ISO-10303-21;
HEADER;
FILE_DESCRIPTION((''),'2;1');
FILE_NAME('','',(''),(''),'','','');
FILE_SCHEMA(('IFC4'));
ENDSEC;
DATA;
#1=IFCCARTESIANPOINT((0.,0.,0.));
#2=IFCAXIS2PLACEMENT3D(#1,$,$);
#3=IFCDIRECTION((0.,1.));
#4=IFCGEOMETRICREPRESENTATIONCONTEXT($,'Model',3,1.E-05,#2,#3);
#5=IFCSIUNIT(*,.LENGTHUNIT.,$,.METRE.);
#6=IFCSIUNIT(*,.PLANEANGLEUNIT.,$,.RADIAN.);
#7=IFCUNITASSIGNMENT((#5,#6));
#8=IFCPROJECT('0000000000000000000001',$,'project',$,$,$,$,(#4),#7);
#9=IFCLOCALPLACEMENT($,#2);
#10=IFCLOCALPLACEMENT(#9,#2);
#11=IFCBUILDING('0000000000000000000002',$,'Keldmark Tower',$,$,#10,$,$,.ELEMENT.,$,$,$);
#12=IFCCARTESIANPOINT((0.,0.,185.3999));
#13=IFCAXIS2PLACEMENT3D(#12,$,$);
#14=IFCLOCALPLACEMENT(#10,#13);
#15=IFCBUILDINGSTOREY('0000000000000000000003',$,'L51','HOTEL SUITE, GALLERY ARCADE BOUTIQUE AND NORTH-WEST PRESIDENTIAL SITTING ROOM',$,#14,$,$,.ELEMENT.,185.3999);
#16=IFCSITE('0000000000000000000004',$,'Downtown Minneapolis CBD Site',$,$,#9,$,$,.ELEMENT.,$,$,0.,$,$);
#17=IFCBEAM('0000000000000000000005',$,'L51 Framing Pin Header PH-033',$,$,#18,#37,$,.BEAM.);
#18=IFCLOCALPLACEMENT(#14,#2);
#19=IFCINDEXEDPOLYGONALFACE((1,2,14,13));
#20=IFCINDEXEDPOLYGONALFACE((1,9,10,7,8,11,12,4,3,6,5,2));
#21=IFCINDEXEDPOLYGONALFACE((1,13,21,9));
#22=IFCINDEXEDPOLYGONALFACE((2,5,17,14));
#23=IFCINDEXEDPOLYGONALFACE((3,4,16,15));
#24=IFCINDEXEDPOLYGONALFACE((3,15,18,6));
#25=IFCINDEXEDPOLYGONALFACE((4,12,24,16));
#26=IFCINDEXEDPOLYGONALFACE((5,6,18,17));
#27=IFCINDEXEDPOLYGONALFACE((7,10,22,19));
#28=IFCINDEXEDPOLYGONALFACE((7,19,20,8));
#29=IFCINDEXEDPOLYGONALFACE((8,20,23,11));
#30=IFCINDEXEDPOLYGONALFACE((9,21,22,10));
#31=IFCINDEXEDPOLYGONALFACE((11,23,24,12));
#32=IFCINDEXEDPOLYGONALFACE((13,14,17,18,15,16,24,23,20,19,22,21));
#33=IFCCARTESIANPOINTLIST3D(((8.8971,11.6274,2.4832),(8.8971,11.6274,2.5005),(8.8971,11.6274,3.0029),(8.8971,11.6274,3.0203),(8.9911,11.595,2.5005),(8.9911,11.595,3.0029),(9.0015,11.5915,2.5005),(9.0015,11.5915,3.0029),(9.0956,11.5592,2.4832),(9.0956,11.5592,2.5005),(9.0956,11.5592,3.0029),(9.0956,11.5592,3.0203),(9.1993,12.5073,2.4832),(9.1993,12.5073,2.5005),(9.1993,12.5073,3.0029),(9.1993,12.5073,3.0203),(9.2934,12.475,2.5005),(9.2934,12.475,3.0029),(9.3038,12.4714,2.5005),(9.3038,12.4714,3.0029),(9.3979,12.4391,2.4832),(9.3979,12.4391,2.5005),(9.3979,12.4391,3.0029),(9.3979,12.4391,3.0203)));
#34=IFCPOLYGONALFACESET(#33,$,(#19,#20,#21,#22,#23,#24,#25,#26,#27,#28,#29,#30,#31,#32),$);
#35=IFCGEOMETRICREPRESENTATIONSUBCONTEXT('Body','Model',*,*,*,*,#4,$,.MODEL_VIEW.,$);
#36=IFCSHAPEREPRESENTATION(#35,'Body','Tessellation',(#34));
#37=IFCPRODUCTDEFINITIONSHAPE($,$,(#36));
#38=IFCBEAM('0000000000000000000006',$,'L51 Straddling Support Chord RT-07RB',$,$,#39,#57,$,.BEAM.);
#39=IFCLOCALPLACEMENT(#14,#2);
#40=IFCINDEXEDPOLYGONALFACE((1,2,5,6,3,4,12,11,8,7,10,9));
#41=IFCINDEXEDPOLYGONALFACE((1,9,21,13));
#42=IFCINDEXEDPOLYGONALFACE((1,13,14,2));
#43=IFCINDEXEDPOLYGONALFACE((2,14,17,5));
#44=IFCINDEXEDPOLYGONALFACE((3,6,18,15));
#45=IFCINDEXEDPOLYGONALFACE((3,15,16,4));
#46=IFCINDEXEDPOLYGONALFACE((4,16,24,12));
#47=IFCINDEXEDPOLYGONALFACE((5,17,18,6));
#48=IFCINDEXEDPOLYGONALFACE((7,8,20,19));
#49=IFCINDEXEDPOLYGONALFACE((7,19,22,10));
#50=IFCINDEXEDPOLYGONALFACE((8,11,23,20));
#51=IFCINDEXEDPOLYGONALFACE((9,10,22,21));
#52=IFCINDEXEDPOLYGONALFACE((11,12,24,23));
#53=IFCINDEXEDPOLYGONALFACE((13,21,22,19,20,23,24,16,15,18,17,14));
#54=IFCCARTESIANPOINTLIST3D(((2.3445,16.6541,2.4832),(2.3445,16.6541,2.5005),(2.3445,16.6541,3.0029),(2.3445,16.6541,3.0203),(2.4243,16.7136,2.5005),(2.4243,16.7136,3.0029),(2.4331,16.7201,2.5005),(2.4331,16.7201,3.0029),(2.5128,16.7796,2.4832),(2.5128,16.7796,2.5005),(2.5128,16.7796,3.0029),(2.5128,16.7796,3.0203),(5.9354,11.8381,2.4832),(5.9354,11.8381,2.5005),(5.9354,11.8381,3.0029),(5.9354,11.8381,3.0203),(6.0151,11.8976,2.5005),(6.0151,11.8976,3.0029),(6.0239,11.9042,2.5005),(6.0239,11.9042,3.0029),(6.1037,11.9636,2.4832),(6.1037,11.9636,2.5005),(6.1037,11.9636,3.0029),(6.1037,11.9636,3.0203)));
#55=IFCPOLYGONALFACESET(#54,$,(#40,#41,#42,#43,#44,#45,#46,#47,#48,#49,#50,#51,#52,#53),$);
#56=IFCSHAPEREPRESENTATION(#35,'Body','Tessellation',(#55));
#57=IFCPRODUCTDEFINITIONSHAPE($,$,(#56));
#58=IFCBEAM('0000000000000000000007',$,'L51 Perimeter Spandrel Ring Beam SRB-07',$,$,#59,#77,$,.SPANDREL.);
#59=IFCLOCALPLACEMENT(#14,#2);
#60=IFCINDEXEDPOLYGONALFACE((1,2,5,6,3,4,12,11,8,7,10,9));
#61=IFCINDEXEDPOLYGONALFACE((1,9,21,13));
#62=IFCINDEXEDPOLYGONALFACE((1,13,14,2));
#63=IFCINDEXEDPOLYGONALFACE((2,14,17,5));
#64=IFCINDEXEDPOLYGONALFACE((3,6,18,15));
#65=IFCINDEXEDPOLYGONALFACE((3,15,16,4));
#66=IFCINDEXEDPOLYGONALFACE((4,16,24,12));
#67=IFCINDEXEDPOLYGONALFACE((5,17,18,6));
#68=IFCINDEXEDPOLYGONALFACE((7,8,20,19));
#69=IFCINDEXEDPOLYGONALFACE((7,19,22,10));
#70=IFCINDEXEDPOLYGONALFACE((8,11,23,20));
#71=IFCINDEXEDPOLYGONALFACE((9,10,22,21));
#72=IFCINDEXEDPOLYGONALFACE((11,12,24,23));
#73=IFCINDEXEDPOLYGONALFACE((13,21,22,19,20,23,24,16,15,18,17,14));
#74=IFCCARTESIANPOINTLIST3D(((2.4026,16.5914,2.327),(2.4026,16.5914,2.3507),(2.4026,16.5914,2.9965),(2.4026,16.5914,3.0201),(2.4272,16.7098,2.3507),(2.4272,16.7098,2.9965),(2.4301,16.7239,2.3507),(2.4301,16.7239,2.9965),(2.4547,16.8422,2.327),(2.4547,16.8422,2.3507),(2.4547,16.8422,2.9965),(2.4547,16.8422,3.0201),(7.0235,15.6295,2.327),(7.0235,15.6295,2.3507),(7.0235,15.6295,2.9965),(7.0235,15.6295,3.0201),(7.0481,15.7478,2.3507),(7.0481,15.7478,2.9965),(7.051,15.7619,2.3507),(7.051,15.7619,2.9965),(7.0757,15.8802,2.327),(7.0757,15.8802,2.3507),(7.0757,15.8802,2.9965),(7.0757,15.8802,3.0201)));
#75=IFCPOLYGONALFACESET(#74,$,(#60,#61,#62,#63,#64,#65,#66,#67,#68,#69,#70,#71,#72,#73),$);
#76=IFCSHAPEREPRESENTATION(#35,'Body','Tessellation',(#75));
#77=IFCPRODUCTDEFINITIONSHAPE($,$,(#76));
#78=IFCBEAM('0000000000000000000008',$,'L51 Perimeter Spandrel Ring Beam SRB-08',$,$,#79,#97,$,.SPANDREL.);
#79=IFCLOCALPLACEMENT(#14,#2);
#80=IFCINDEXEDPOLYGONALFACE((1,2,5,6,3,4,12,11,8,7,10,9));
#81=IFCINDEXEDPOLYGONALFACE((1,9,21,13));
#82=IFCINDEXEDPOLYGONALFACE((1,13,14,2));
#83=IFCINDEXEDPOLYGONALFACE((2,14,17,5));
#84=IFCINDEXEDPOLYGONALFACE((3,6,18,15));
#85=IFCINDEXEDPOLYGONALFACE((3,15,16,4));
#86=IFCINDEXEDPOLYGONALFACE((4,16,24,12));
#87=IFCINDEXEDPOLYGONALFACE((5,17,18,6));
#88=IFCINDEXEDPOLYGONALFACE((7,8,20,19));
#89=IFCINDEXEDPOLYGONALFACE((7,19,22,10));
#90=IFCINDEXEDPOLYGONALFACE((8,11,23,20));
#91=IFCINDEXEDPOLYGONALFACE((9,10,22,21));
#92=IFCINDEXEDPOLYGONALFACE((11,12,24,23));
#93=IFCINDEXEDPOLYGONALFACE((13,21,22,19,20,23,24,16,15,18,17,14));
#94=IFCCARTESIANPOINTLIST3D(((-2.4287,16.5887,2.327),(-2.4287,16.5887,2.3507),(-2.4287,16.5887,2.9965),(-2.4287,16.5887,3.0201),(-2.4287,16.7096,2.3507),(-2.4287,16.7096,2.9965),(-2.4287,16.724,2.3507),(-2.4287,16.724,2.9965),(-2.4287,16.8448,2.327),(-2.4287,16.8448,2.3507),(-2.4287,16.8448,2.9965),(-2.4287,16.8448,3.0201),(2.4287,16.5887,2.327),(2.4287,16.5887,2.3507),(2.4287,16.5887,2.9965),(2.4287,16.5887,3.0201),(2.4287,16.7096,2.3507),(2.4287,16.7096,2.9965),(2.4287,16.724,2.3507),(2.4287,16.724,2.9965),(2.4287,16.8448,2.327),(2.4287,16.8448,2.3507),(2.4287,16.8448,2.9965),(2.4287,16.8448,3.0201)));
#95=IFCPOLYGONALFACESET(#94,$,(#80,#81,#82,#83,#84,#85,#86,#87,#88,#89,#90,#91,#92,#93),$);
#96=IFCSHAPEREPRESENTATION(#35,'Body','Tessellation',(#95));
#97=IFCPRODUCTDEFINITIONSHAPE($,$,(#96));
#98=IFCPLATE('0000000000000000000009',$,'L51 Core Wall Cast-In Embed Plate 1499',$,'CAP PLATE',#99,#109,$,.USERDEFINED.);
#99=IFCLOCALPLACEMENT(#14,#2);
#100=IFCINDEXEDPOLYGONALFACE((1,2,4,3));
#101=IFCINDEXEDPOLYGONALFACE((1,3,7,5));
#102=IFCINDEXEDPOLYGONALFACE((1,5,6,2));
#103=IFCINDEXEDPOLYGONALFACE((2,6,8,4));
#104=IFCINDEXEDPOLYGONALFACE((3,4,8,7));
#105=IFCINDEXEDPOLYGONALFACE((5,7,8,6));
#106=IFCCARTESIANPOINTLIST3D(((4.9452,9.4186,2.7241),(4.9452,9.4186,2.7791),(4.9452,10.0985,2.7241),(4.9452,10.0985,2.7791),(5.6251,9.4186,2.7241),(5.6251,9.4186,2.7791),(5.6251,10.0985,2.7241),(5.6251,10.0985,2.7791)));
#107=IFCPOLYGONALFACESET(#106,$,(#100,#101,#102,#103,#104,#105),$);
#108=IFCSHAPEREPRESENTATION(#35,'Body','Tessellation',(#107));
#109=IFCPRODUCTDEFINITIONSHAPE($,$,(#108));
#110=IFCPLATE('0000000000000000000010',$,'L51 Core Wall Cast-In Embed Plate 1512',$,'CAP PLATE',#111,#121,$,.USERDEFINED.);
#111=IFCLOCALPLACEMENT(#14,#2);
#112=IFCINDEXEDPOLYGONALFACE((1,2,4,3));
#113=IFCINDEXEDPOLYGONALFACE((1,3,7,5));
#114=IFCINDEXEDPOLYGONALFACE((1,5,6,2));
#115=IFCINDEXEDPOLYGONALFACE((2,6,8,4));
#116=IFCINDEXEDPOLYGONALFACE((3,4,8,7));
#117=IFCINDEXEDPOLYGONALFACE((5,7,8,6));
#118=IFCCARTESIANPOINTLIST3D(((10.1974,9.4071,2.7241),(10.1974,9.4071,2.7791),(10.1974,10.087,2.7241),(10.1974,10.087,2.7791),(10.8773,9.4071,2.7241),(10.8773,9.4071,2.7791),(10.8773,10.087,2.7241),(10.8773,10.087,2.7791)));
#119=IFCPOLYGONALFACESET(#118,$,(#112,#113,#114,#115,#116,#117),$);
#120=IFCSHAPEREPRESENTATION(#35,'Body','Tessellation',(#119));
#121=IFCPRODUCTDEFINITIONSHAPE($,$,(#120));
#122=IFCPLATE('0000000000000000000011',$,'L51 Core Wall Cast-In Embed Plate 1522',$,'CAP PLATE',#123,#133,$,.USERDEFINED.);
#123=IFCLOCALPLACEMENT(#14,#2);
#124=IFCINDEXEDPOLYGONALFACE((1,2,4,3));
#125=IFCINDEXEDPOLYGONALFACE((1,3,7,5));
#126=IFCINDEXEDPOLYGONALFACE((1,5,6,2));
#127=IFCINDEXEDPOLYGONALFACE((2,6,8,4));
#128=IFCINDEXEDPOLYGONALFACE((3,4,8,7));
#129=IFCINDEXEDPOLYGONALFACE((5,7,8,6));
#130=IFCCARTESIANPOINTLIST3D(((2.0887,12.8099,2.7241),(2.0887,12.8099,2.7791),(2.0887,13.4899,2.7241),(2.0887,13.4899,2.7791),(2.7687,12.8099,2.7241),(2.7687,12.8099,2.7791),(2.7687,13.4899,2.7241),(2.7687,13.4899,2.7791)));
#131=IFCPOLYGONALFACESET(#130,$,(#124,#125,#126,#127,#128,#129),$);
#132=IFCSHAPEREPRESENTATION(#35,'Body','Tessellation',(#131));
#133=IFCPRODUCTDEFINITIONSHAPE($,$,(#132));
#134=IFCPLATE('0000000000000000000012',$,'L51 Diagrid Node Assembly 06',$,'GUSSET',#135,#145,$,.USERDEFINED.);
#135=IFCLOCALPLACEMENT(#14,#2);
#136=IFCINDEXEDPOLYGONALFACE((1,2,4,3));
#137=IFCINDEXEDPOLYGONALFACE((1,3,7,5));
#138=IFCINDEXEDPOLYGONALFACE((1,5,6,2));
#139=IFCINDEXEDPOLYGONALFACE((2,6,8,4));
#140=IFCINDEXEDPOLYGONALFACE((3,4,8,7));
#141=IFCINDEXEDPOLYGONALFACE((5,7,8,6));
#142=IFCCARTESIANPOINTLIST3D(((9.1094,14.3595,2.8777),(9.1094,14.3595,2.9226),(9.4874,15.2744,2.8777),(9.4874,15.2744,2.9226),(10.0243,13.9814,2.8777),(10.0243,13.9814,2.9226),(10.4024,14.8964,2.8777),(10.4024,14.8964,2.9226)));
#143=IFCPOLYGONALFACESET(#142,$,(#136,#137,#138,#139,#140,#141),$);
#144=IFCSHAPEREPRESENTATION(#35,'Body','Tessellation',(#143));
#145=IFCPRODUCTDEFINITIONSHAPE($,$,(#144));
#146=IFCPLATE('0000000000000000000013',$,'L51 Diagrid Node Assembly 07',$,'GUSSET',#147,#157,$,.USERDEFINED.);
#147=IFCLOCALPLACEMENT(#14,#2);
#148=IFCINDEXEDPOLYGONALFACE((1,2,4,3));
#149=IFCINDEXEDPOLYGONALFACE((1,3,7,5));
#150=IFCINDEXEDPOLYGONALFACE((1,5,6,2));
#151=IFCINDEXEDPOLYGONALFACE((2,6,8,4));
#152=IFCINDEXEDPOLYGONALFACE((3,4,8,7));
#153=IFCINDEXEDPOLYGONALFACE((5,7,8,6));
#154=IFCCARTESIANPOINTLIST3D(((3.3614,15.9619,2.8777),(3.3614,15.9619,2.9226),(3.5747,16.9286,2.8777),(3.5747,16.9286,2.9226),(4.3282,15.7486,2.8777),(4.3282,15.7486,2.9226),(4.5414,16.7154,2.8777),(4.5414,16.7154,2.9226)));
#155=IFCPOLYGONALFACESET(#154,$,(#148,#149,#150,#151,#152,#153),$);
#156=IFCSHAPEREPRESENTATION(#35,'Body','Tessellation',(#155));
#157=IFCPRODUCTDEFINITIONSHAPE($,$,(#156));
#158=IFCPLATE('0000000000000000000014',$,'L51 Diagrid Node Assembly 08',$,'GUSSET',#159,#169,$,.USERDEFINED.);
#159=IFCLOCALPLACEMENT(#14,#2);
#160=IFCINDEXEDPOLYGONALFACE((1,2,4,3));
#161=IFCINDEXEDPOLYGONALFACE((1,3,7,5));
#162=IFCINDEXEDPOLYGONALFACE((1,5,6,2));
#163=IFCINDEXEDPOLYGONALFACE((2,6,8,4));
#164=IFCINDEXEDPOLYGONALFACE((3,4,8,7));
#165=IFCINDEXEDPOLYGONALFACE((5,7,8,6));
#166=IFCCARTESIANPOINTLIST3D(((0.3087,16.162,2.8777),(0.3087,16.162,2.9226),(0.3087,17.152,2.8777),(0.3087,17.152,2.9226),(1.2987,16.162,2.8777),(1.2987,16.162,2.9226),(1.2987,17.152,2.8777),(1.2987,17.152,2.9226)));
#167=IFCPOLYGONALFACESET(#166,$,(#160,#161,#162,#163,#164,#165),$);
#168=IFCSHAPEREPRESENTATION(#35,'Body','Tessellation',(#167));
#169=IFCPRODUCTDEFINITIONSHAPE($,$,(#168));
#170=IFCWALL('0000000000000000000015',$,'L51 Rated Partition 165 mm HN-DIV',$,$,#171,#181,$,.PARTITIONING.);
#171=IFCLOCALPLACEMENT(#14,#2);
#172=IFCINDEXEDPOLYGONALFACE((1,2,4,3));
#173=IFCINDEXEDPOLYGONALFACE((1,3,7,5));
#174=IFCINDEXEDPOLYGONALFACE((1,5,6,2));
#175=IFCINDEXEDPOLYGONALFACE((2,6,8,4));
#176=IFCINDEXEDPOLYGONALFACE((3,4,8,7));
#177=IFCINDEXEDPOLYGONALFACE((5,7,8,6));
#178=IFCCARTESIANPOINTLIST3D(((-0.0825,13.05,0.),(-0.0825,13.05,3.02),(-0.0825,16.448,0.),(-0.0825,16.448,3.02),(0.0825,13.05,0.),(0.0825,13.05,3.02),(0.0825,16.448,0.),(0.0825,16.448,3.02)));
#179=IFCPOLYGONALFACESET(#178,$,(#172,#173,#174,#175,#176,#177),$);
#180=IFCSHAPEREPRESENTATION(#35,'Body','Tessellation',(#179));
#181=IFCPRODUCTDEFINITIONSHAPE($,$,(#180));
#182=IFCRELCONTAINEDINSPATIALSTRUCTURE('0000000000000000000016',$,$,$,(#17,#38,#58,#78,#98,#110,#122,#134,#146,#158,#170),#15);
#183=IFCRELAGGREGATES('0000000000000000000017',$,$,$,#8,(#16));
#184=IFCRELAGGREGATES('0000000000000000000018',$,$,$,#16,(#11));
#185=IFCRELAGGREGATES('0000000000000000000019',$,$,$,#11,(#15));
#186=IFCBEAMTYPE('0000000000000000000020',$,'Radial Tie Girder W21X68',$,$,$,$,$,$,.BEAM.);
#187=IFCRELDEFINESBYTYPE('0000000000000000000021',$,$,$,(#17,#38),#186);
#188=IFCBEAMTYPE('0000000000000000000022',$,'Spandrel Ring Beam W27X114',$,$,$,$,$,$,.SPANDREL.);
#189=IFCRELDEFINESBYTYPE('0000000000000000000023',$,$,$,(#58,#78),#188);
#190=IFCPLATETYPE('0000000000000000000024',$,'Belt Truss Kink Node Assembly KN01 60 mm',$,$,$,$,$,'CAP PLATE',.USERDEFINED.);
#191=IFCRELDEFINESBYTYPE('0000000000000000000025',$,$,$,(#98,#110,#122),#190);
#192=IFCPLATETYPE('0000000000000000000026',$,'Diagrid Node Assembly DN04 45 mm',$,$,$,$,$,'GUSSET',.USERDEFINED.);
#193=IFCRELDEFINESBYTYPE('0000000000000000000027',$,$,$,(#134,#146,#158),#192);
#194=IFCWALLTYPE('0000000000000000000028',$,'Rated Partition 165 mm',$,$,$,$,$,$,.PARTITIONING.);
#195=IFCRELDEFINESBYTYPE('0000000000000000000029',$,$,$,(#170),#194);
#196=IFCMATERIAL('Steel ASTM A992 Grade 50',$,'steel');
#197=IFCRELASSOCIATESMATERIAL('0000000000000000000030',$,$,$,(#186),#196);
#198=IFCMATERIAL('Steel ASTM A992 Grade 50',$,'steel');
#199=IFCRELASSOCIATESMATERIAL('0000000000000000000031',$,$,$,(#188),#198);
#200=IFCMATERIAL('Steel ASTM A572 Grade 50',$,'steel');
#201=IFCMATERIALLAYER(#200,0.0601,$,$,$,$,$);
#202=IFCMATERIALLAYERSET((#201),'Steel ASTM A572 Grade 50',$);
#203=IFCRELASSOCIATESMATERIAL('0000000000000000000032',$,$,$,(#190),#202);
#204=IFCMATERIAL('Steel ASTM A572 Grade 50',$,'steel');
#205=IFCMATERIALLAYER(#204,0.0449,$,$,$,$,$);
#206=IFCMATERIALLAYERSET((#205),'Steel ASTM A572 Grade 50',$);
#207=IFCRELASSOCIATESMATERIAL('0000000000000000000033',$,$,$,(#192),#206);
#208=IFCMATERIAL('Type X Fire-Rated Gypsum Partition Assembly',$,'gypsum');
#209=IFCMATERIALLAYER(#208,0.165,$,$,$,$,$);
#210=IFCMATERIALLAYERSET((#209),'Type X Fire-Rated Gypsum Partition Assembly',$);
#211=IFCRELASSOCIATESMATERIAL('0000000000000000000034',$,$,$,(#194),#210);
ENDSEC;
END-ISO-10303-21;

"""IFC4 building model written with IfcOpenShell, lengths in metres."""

from ifc_helpers import new_model, si_unit, direction, frame, frame_2d, origin, origin_2d, place, context, subcontext, project, spatial, rectangle, i_section, extrude, material, layer, layer_set, material_profile, profile_set, type_object, element, save


model = new_model("IFC4")

# Units and contexts
model_context = context("Model", 3, precision=1e-05, world=origin(), true_north=direction((0.0, 1.0)))
body_context = subcontext(model_context, "Body", "Model", "MODEL_VIEW")
ifc_project = project(units=[si_unit("LENGTHUNIT", "METRE"), si_unit("PLANEANGLEUNIT", "RADIAN")], contexts=[model_context])

# Site, building, storey
site_placement = place(None, origin())
site = spatial("IfcSite", under=ifc_project, at=site_placement, Name="Downtown Minneapolis CBD Site", CompositionType="ELEMENT", RefElevation=0.0)
building_placement = place(site_placement, origin())
building = spatial("IfcBuilding", under=site, at=building_placement, Name="Keldmark Tower", CompositionType="ELEMENT")
storey_placement = place(building_placement, frame((0.0, 0.0, 185.3999)))
storey = spatial("IfcBuildingStorey", under=building, at=storey_placement, Name="L51", Description="HOTEL SUITE, GALLERY ARCADE BOUTIQUE AND NORTH-WEST PRESIDENTIAL SITTING ROOM", CompositionType="ELEMENT", Elevation=185.3999)

# Beams
ifc_material_1 = material(Name="Steel ASTM A992 Grade 50", Category="steel")
ifc_material_profile_1 = material_profile(ifc_material_1, i_section(OverallWidth=0.21, OverallDepth=0.5371, WebThickness=0.011, FlangeThickness=0.0173, at=origin_2d()), Name="W21X68")
ifc_profile_set_1 = profile_set([ifc_material_profile_1], Name="Steel ASTM A992 Grade 50")
beam_type_1 = type_object("IfcBeamType", Name="Radial Tie Girder W21X68", PredefinedType="BEAM", material=ifc_profile_set_1)
beam_1_placement = place(storey_placement, frame((8.9963, 11.5933, 2.7517), z_axis=(0.324874, 0.945757, 0.0), x_axis=(-0.945757, 0.324874, 0.0)))
element("IfcBeam", 1, at=beam_1_placement, inside=storey, type_object=beam_type_1, Name="L51 Framing Pin Header PH-033", PredefinedType="BEAM", context=body_context, shape_type="SweptSolid", body=[
    extrude(i_section(OverallWidth=0.21, OverallDepth=0.5371, WebThickness=0.011, FlangeThickness=0.0173, at=origin_2d()), origin(), (0.0, 0.0, 1.0), 0.9304),
])
beam_2_placement = place(storey_placement, frame((6.0195, 11.9009, 2.7517), z_axis=(-0.597748, 0.801684, 0.0), x_axis=(-0.801684, -0.597748, 0.0)))
element("IfcBeam", 2, at=beam_2_placement, inside=storey, type_object=beam_type_1, Name="L51 Straddling Support Chord RT-07RB", PredefinedType="BEAM", context=body_context, shape_type="SweptSolid", body=[
    extrude(i_section(OverallWidth=0.21, OverallDepth=0.5371, WebThickness=0.011, FlangeThickness=0.0173, at=origin_2d()), origin(), (0.0, 0.0, 1.0), 6.0073),
])
ifc_material_2 = material(Name="Steel ASTM A992 Grade 50", Category="steel")
ifc_material_profile_2 = material_profile(ifc_material_2, i_section(OverallWidth=0.2561, OverallDepth=0.6931, WebThickness=0.0144, FlangeThickness=0.0237, at=origin_2d()), Name="W27X114")
ifc_profile_set_2 = profile_set([ifc_material_profile_2], Name="Steel ASTM A992 Grade 50")
beam_type_2 = type_object("IfcBeamType", Name="Spandrel Ring Beam W27X114", PredefinedType="SPANDREL", material=ifc_profile_set_2)
beam_3_placement = place(storey_placement, frame((7.0496, 15.7549, 2.6736), z_axis=(-0.979013, 0.203799, 0.0), x_axis=(-0.203799, -0.979013, 0.0)))
element("IfcBeam", 3, at=beam_3_placement, inside=storey, type_object=beam_type_2, Name="L51 Perimeter Spandrel Ring Beam SRB-07", PredefinedType="SPANDREL", context=body_context, shape_type="SweptSolid", body=[
    extrude(i_section(OverallWidth=0.2561, OverallDepth=0.6931, WebThickness=0.0144, FlangeThickness=0.0237, at=origin_2d()), origin(), (0.0, 0.0, 1.0), 4.72),
])
beam_4_placement = place(storey_placement, frame((2.4287, 16.7168, 2.6736), z_axis=(-1.0, 0.0, 0.0), x_axis=(0.0, -1.0, 0.0)))
element("IfcBeam", 4, at=beam_4_placement, inside=storey, type_object=beam_type_2, Name="L51 Perimeter Spandrel Ring Beam SRB-08", PredefinedType="SPANDREL", context=body_context, shape_type="SweptSolid", body=[
    extrude(i_section(OverallWidth=0.2561, OverallDepth=0.6931, WebThickness=0.0144, FlangeThickness=0.0237, at=origin_2d()), origin(), (0.0, 0.0, 1.0), 4.8574),
])

# Plates
ifc_material_3 = material(Name="Steel ASTM A572 Grade 50", Category="steel")
ifc_layer_1 = layer(ifc_material_3, 0.0601)
ifc_layer_set_1 = layer_set([ifc_layer_1], Name="Steel ASTM A572 Grade 50")
plate_type_1 = type_object("IfcPlateType", Name="Belt Truss Kink Node Assembly KN01 60 mm", ElementType="CAP PLATE", PredefinedType="USERDEFINED", material=ifc_layer_set_1)
for number, where, z_axis, x_axis, name in (
    (5, (5.2852, 9.7585, 2.7241), (0.0, 0.0, 1.0), (1.0, 0.0, 0.0), "L51 Core Wall Cast-In Embed Plate 1499"),
    (6, (10.5374, 9.7471, 2.7241), (0.0, 0.0, 1.0), (1.0, 0.0, 0.0), "L51 Core Wall Cast-In Embed Plate 1512"),
    (7, (2.4287, 13.1499, 2.7241), (0.0, 0.0, 1.0), (1.0, 0.0, 0.0), "L51 Core Wall Cast-In Embed Plate 1522"),
):
    element("IfcPlate", number, at=place(storey_placement, frame(where, z_axis=z_axis, x_axis=x_axis)), inside=storey, type_object=plate_type_1, Name=name, ObjectType="CAP PLATE", PredefinedType="USERDEFINED", context=body_context, shape_type="SweptSolid", body=[
        extrude(rectangle(XDim=0.6799, YDim=0.6799, at=origin_2d()), origin(), (0.0, 0.0, 1.0), 0.0549),
    ])
ifc_material_4 = material(Name="Steel ASTM A572 Grade 50", Category="steel")
ifc_layer_2 = layer(ifc_material_4, 0.0449)
ifc_layer_set_2 = layer_set([ifc_layer_2], Name="Steel ASTM A572 Grade 50")
plate_type_2 = type_object("IfcPlateType", Name="Diagrid Node Assembly DN04 45 mm", ElementType="GUSSET", PredefinedType="USERDEFINED", material=ifc_layer_set_2)
for number, where, z_axis, x_axis, name in (
    (8, (9.7559, 14.6279, 2.8777), (0.0, 0.0, 1.0), (-0.924213, 0.381877, 0.0), "L51 Diagrid Node Assembly 06"),
    (9, (3.9514, 16.3386, 2.8777), (0.0, 0.0, 1.0), (-0.976522, 0.215417, 0.0), "L51 Diagrid Node Assembly 07"),
    (10, (0.8037, 16.657, 2.8777), (0.0, 0.0, 1.0), (-1.0, 0.0, 0.0), "L51 Diagrid Node Assembly 08"),
):
    element("IfcPlate", number, at=place(storey_placement, frame(where, z_axis=z_axis, x_axis=x_axis)), inside=storey, type_object=plate_type_2, Name=name, ObjectType="GUSSET", PredefinedType="USERDEFINED", context=body_context, shape_type="SweptSolid", body=[
        extrude(rectangle(XDim=0.99, YDim=0.99, at=origin_2d()), origin(), (0.0, 0.0, 1.0), 0.0449),
    ])

# Wall
ifc_material_5 = material(Name="Type X Fire-Rated Gypsum Partition Assembly", Category="gypsum")
ifc_layer_3 = layer(ifc_material_5, 0.165)
ifc_layer_set_3 = layer_set([ifc_layer_3], Name="Type X Fire-Rated Gypsum Partition Assembly")
wall_type_1 = type_object("IfcWallType", Name="Rated Partition 165 mm", PredefinedType="PARTITIONING", material=ifc_layer_set_3)
wall_1_placement = place(storey_placement, frame((0.0, 13.05, 0.0), z_axis=(0.0, 0.0, 1.0), x_axis=(0.0, 1.0, 0.0)))
element("IfcWall", 11, at=wall_1_placement, inside=storey, type_object=wall_type_1, Name="L51 Rated Partition 165 mm HN-DIV", PredefinedType="PARTITIONING", context=body_context, shape_type="SweptSolid", body=[
    extrude(rectangle(XDim=3.3979, YDim=0.165, at=frame_2d((1.699, 0.0))), origin(), (0.0, 0.0, 1.0), 3.02),
])

save(model, "model.ifc")
